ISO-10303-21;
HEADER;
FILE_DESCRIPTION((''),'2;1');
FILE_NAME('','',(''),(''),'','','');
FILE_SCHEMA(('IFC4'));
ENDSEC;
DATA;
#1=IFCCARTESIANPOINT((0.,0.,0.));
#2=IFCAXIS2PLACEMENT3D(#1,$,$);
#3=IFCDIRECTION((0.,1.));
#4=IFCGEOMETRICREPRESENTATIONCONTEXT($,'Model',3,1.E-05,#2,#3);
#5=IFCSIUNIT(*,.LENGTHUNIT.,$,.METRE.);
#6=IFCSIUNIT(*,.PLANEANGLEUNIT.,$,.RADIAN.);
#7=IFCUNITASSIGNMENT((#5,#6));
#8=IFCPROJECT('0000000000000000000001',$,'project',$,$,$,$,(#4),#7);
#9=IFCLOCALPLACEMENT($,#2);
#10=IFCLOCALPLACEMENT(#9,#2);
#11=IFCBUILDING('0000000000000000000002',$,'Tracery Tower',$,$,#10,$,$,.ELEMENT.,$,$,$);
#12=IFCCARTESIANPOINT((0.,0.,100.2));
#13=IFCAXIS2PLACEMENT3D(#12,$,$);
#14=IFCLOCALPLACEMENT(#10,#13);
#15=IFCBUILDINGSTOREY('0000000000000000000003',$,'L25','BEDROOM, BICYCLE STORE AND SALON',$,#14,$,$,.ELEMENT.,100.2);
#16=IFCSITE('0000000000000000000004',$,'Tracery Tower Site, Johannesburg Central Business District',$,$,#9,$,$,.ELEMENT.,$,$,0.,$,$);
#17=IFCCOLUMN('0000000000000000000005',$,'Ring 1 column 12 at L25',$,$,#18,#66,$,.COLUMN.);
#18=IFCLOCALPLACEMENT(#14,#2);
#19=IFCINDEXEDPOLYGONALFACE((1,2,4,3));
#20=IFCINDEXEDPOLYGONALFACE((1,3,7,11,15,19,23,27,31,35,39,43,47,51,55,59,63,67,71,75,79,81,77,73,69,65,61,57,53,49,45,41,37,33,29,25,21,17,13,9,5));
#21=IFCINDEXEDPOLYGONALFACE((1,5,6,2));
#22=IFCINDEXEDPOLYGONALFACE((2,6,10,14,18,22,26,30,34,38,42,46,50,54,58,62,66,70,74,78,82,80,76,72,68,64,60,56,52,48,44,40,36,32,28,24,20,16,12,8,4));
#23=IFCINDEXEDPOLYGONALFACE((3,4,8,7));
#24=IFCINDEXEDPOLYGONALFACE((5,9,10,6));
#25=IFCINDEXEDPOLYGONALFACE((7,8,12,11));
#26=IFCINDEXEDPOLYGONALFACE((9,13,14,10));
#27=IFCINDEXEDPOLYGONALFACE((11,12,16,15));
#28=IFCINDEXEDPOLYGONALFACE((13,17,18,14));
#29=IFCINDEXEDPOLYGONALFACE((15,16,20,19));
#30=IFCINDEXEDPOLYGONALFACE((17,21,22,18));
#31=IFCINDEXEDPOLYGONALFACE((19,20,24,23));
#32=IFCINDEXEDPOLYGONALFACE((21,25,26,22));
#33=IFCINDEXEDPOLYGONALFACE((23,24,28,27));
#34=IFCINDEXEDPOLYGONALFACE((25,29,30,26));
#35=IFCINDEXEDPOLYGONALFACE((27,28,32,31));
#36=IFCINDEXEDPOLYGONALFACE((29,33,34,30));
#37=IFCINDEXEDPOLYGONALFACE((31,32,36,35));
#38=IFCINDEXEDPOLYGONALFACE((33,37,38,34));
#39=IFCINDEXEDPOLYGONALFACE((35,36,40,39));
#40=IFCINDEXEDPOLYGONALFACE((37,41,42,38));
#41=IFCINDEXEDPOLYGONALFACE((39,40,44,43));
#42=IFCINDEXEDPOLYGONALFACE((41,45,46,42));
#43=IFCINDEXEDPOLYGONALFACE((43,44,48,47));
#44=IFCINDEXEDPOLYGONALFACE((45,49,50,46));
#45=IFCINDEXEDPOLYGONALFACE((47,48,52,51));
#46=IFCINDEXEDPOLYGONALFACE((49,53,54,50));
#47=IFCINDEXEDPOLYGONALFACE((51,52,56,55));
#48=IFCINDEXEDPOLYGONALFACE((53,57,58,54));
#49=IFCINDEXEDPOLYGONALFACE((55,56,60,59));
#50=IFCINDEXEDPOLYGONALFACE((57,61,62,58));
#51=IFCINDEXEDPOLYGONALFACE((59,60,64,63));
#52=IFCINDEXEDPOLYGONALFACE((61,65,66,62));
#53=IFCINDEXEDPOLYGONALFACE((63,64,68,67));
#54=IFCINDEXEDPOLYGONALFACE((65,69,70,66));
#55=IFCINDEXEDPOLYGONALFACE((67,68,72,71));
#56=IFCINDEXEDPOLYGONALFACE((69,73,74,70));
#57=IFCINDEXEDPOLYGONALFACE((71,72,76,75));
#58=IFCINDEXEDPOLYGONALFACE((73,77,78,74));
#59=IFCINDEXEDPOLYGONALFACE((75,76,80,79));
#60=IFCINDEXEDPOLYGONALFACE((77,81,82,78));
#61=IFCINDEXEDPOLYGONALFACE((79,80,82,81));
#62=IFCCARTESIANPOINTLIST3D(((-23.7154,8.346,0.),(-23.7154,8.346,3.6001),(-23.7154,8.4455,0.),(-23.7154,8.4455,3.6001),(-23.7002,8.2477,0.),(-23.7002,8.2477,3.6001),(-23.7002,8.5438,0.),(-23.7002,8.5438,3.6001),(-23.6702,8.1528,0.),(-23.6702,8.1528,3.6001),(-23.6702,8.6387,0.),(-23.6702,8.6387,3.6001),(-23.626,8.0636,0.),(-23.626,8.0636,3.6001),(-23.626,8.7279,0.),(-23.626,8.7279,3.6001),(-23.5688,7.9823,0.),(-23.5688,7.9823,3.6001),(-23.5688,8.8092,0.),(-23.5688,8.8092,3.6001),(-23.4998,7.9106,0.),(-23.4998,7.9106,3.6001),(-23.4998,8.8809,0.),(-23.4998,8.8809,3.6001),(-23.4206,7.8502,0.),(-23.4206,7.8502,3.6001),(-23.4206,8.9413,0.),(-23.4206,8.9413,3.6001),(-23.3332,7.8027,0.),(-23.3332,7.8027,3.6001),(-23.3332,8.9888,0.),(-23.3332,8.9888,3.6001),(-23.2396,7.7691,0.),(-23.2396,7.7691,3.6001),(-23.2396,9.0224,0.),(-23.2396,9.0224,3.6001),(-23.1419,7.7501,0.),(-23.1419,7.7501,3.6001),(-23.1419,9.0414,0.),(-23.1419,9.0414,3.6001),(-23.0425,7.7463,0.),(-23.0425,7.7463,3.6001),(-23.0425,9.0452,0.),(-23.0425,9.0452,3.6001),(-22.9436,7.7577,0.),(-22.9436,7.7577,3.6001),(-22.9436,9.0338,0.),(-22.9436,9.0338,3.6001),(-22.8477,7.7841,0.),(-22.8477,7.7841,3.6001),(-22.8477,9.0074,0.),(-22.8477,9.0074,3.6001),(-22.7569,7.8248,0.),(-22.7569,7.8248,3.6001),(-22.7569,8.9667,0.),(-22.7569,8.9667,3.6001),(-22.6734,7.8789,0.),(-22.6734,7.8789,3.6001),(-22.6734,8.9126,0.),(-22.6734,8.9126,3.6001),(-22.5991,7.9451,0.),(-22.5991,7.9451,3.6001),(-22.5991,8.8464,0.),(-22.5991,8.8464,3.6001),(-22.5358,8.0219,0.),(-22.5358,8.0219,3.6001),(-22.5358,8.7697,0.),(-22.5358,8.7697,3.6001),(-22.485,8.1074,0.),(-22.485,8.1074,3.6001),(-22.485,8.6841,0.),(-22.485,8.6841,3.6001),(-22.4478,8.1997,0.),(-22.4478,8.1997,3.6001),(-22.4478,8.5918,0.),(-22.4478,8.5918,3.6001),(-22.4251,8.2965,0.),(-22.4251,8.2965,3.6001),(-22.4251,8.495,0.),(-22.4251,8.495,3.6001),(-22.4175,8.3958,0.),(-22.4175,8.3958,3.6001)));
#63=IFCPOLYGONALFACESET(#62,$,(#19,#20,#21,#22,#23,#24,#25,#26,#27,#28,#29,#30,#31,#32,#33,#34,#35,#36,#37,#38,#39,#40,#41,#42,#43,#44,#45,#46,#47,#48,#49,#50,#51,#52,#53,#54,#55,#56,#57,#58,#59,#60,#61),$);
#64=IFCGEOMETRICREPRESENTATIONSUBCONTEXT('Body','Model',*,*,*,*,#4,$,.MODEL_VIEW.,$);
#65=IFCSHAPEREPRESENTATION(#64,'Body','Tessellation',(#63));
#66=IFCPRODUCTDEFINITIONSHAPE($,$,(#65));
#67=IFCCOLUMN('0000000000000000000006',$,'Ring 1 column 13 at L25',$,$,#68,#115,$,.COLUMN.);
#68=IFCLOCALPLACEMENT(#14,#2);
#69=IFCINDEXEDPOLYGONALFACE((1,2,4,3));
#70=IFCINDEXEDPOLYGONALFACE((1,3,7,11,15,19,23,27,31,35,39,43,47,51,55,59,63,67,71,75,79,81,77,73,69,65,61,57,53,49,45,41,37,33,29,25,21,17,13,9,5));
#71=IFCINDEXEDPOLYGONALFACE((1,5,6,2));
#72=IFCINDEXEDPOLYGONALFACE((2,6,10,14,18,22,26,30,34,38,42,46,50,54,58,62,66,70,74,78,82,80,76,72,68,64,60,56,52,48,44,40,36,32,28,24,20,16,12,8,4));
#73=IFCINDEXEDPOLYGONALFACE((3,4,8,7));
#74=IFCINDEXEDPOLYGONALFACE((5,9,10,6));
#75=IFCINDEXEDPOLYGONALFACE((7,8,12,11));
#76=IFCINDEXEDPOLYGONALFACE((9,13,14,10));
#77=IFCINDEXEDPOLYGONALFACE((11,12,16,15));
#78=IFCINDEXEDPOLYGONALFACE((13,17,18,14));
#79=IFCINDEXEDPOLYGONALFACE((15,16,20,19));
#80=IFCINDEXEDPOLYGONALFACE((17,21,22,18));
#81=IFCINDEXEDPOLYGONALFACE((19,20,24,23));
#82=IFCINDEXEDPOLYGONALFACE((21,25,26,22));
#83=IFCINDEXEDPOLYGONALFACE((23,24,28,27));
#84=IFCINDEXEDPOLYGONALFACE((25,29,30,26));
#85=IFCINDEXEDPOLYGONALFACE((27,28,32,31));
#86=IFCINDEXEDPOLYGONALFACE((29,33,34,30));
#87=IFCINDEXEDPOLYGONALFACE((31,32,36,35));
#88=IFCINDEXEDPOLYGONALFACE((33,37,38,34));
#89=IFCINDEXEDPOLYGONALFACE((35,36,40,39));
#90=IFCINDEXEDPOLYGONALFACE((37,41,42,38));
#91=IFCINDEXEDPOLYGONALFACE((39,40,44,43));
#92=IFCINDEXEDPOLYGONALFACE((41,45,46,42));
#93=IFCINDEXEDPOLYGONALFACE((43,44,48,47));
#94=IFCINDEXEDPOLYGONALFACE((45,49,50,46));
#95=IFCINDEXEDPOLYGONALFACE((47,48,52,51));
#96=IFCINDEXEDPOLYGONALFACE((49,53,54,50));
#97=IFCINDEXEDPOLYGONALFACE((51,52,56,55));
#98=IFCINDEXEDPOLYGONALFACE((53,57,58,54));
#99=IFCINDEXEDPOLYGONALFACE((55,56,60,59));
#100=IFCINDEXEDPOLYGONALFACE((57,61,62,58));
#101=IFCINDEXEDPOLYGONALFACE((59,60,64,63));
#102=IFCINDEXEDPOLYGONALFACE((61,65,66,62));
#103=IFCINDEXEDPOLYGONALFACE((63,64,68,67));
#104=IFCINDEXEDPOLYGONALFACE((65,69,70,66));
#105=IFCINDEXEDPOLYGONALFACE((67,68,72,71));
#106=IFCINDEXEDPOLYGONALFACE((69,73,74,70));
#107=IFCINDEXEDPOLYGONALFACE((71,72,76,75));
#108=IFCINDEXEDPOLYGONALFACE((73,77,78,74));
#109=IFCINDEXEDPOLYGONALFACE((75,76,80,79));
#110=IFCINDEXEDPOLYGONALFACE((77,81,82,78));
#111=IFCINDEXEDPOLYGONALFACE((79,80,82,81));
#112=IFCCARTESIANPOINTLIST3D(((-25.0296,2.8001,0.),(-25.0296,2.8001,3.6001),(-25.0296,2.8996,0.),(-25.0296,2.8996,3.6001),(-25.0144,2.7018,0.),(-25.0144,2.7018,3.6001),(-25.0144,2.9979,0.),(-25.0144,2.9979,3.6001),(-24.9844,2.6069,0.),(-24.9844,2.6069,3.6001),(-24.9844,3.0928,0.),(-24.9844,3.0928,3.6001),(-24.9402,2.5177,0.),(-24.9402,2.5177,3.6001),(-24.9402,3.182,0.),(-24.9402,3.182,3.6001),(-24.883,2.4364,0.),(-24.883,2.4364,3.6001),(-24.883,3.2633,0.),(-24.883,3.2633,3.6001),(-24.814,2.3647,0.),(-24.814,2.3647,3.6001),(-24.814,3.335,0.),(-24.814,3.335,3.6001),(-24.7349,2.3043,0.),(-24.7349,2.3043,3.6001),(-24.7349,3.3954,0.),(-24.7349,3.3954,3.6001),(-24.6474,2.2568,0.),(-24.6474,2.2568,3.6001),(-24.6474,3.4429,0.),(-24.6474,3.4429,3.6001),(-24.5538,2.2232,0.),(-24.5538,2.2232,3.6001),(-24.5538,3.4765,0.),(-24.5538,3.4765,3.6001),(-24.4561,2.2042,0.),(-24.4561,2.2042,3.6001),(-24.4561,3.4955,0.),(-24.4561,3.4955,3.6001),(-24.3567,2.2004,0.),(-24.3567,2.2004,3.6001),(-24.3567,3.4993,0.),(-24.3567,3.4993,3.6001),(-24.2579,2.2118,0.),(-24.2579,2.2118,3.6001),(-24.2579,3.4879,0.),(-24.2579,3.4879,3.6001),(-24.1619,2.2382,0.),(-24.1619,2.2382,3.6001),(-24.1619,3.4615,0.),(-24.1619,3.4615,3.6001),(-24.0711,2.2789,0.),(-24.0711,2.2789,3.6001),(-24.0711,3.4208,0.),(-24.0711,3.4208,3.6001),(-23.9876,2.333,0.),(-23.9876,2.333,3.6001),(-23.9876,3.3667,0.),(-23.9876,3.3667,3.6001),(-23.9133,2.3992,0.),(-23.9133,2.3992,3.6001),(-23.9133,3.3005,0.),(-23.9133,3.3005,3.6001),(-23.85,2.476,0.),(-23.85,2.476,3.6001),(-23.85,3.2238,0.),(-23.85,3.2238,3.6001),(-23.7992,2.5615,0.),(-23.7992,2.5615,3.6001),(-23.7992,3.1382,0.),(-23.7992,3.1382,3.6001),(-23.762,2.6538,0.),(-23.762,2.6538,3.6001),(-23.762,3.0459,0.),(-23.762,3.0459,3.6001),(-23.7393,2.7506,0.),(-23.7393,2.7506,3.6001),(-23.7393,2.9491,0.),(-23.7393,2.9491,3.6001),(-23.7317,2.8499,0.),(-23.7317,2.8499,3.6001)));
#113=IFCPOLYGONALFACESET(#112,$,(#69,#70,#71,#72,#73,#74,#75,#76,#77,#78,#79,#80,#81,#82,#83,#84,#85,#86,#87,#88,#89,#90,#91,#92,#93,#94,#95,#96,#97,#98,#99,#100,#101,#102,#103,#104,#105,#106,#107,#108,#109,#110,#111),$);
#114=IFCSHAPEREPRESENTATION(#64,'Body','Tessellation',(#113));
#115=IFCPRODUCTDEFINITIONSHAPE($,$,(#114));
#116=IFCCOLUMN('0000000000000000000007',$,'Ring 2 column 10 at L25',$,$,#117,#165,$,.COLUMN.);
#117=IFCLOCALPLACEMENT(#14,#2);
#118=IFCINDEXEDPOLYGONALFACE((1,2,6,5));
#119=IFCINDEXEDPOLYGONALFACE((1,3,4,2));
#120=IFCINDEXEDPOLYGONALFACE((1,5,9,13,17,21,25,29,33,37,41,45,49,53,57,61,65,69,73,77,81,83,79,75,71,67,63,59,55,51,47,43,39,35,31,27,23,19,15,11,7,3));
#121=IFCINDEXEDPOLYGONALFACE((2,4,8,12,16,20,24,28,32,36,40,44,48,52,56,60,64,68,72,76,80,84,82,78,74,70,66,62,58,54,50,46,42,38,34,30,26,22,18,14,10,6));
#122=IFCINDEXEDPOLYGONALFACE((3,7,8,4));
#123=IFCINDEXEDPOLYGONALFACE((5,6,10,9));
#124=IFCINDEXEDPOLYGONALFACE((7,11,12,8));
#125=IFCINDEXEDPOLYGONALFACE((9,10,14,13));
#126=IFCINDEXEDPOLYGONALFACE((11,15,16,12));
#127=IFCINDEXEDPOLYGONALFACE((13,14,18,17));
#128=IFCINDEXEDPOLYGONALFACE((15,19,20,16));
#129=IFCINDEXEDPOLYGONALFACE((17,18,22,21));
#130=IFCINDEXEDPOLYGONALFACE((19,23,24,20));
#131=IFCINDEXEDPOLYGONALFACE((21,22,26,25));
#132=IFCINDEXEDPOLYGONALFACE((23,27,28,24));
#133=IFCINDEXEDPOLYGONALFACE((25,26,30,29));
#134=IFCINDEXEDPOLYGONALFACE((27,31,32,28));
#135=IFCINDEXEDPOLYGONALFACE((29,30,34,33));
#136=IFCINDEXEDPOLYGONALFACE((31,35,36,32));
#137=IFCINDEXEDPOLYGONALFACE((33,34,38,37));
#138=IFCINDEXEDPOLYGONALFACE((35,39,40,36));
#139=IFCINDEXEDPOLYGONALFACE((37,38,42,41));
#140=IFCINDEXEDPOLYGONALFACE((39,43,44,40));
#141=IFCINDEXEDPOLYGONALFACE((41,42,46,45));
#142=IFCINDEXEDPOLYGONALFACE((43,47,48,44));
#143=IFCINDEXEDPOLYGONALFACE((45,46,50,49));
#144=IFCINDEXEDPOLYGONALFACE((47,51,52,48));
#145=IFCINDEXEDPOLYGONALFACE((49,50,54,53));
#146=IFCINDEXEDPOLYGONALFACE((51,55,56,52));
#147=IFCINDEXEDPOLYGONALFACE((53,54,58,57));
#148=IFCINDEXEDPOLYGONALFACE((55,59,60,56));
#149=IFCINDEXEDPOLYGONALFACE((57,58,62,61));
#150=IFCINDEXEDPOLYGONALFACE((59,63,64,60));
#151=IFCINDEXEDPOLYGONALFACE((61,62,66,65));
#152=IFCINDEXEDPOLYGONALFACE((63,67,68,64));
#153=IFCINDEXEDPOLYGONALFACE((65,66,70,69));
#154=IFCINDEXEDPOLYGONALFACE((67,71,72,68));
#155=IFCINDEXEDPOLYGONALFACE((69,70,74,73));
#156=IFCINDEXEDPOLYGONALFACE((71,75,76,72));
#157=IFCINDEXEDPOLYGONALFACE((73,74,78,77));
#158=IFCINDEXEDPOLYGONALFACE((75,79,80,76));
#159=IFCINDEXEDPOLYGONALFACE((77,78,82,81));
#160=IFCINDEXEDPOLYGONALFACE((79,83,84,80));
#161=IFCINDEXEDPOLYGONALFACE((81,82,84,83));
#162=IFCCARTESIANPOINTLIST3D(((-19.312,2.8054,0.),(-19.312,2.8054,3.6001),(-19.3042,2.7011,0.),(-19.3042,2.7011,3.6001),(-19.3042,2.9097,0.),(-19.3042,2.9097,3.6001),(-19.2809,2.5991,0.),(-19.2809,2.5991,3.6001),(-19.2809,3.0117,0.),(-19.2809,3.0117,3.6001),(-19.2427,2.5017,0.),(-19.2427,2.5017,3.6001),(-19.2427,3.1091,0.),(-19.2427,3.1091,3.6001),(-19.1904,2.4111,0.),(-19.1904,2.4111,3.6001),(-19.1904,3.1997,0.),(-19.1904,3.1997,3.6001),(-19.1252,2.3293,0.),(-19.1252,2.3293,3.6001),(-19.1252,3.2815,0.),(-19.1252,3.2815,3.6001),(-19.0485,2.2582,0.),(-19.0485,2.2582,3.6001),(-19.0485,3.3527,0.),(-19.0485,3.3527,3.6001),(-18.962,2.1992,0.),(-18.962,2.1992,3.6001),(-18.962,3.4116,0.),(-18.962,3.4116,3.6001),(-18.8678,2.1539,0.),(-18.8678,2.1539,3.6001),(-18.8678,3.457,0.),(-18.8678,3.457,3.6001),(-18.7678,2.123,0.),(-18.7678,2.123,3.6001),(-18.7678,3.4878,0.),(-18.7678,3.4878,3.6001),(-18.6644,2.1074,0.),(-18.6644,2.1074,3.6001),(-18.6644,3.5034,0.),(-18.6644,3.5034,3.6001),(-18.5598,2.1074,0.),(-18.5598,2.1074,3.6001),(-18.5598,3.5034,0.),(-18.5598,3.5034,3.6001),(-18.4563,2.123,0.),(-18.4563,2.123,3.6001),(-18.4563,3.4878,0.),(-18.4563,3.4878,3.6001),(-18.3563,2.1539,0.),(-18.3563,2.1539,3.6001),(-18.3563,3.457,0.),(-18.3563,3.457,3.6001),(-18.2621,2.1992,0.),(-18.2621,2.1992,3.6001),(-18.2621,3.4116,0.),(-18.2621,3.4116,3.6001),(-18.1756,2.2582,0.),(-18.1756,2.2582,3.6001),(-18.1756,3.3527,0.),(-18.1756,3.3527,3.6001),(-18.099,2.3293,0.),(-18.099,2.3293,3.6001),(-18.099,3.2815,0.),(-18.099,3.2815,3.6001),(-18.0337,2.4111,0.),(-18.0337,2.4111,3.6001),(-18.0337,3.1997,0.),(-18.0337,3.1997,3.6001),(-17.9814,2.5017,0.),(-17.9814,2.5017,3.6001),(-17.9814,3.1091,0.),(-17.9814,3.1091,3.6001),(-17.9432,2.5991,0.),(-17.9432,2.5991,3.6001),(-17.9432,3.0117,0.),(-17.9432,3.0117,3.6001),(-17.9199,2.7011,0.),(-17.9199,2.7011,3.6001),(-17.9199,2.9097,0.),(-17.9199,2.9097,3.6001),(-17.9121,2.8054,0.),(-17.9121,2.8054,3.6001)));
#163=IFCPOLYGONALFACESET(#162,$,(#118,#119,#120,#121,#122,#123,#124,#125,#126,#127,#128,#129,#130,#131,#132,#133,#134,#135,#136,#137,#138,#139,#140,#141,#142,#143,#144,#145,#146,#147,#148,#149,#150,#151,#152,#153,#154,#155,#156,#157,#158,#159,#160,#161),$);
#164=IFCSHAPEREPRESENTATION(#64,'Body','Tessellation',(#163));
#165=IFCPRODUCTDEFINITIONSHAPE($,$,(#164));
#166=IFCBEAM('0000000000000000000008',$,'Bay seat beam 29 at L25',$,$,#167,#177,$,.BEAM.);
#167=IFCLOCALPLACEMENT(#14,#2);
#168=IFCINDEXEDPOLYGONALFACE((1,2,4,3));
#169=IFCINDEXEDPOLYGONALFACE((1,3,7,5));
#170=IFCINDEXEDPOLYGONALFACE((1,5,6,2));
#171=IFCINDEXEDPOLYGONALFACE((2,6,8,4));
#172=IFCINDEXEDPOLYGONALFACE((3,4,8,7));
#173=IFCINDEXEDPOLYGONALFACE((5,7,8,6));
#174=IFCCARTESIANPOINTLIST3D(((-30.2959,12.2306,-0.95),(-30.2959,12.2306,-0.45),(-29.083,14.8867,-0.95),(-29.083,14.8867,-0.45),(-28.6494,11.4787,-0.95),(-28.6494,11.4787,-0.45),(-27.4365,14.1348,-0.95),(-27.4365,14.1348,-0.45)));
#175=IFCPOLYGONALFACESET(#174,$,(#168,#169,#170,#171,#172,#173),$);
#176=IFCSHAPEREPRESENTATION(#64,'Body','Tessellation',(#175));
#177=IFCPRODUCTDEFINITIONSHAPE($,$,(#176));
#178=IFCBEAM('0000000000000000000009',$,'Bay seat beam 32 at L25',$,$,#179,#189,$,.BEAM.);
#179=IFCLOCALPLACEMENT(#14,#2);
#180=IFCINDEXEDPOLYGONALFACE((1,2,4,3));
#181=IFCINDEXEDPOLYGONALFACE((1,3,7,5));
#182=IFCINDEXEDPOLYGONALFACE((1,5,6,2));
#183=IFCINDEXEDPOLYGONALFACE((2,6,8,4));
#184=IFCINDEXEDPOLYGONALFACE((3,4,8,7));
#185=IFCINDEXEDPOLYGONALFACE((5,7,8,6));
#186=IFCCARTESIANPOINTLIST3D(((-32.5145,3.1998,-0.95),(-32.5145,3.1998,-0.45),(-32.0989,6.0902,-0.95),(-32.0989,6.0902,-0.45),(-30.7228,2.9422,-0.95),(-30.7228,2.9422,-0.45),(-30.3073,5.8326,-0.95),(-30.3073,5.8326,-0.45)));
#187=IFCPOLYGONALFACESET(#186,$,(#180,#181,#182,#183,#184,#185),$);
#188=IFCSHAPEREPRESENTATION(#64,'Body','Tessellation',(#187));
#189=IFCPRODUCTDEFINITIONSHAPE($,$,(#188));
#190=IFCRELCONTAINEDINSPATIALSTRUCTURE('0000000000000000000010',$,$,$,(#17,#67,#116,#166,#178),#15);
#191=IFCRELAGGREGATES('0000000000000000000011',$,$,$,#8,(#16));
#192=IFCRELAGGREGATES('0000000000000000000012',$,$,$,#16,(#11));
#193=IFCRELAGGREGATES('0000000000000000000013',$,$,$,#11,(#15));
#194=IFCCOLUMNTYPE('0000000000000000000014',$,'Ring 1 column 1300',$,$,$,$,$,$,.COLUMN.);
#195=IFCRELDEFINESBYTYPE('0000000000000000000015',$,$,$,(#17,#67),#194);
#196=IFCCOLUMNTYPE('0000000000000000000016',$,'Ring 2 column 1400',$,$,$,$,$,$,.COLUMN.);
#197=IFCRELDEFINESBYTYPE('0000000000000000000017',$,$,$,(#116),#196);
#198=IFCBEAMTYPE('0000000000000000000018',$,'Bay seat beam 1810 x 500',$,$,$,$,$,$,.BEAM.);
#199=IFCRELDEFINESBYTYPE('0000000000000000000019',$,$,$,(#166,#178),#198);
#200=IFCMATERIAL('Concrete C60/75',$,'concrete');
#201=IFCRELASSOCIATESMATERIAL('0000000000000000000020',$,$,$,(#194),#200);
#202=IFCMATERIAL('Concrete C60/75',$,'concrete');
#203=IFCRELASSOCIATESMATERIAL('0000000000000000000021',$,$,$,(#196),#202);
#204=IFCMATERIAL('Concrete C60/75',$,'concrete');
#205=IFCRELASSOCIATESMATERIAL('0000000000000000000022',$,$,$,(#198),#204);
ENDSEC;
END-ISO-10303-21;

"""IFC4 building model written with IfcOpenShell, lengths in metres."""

from ifc_helpers import new_model, si_unit, direction, frame, origin, origin_2d, place, context, subcontext, project, spatial, rectangle, circle, extrude, material, material_profile, profile_set, type_object, element, save


model = new_model("IFC4")

# Units and contexts
model_context = context("Model", 3, precision=1e-05, world=origin(), true_north=direction((0.0, 1.0)))
body_context = subcontext(model_context, "Body", "Model", "MODEL_VIEW")
ifc_project = project(units=[si_unit("LENGTHUNIT", "METRE"), si_unit("PLANEANGLEUNIT", "RADIAN")], contexts=[model_context])

# Site, building, storey
site_placement = place(None, origin())
site = spatial("IfcSite", under=ifc_project, at=site_placement, Name="Tracery Tower Site, Johannesburg Central Business District", CompositionType="ELEMENT", RefElevation=0.0)
building_placement = place(site_placement, origin())
building = spatial("IfcBuilding", under=site, at=building_placement, Name="Tracery Tower", CompositionType="ELEMENT")
storey_placement = place(building_placement, frame((0.0, 0.0, 100.2)))
storey = spatial("IfcBuildingStorey", under=building, at=storey_placement, Name="L25", Description="BEDROOM, BICYCLE STORE AND SALON", CompositionType="ELEMENT", Elevation=100.2)

# Columns
ifc_material_1 = material(Name="Concrete C60/75", Category="concrete")
ifc_material_profile_1 = material_profile(ifc_material_1, circle(Radius=0.6499, at=origin_2d()), Name="RC D1300")
ifc_profile_set_1 = profile_set([ifc_material_profile_1], Name="Concrete C60/75")
column_type_1 = type_object("IfcColumnType", Name="Ring 1 column 1300", PredefinedType="COLUMN", material=ifc_profile_set_1)
for number, where, z_axis, x_axis, name in (
    (1, (-23.0674, 8.3958, 0.0), (0.0, 0.0, 1.0), (1.0, 0.0, 0.0), "Ring 1 column 12 at L25"),
    (2, (-24.3816, 2.8499, 0.0), (0.0, 0.0, 1.0), (1.0, 0.0, 0.0), "Ring 1 column 13 at L25"),
):
    element("IfcColumn", number, at=place(storey_placement, frame(where, z_axis=z_axis, x_axis=x_axis)), inside=storey, type_object=column_type_1, Name=name, PredefinedType="COLUMN", context=body_context, shape_type="SweptSolid", body=[
        extrude(circle(Radius=0.6499, at=origin_2d()), origin(), (0.0, 0.0, 1.0), 3.6001),
    ])
ifc_material_2 = material(Name="Concrete C60/75", Category="concrete")
ifc_material_profile_2 = material_profile(ifc_material_2, circle(Radius=0.7, at=origin_2d()), Name="RC D1400")
ifc_profile_set_2 = profile_set([ifc_material_profile_2], Name="Concrete C60/75")
column_type_2 = type_object("IfcColumnType", Name="Ring 2 column 1400", PredefinedType="COLUMN", material=ifc_profile_set_2)
column_placement = place(storey_placement, frame((-18.6121, 2.8054, 0.0), z_axis=(0.0, 0.0, 1.0), x_axis=(1.0, 0.0, 0.0)))
element("IfcColumn", 3, at=column_placement, inside=storey, type_object=column_type_2, Name="Ring 2 column 10 at L25", PredefinedType="COLUMN", context=body_context, shape_type="SweptSolid", body=[
    extrude(circle(Radius=0.7, at=origin_2d()), origin(), (0.0, 0.0, 1.0), 3.6001),
])

# Beams
ifc_material_3 = material(Name="Concrete C60/75", Category="concrete")
ifc_material_profile_3 = material_profile(ifc_material_3, rectangle(XDim=1.8101, YDim=0.5, at=origin_2d()), Name="RC 1810x500")
ifc_profile_set_3 = profile_set([ifc_material_profile_3], Name="Concrete C60/75")
beam_type_1 = type_object("IfcBeamType", Name="Bay seat beam 1810 x 500", PredefinedType="BEAM", material=ifc_profile_set_3)
beam_1_placement = place(storey_placement, frame((-28.2598, 14.5107, -0.7), z_axis=(-0.415396, -0.909641, 0.0), x_axis=(0.909641, -0.415396, 0.0)))
element("IfcBeam", 4, at=beam_1_placement, inside=storey, type_object=beam_type_1, Name="Bay seat beam 29 at L25", PredefinedType="BEAM", context=body_context, shape_type="SweptSolid", body=[
    extrude(rectangle(XDim=1.8101, YDim=0.5, at=origin_2d()), origin(), (0.0, 0.0, 1.0), 2.9199),
])
beam_2_placement = place(storey_placement, frame((-31.2031, 5.9614, -0.7), z_axis=(-0.142299, -0.989824, 0.0), x_axis=(0.989824, -0.142299, 0.0)))
element("IfcBeam", 5, at=beam_2_placement, inside=storey, type_object=beam_type_1, Name="Bay seat beam 32 at L25", PredefinedType="BEAM", context=body_context, shape_type="SweptSolid", body=[
    extrude(rectangle(XDim=1.8101, YDim=0.5, at=origin_2d()), origin(), (0.0, 0.0, 1.0), 2.9202),
])

save(model, "model.ifc")
